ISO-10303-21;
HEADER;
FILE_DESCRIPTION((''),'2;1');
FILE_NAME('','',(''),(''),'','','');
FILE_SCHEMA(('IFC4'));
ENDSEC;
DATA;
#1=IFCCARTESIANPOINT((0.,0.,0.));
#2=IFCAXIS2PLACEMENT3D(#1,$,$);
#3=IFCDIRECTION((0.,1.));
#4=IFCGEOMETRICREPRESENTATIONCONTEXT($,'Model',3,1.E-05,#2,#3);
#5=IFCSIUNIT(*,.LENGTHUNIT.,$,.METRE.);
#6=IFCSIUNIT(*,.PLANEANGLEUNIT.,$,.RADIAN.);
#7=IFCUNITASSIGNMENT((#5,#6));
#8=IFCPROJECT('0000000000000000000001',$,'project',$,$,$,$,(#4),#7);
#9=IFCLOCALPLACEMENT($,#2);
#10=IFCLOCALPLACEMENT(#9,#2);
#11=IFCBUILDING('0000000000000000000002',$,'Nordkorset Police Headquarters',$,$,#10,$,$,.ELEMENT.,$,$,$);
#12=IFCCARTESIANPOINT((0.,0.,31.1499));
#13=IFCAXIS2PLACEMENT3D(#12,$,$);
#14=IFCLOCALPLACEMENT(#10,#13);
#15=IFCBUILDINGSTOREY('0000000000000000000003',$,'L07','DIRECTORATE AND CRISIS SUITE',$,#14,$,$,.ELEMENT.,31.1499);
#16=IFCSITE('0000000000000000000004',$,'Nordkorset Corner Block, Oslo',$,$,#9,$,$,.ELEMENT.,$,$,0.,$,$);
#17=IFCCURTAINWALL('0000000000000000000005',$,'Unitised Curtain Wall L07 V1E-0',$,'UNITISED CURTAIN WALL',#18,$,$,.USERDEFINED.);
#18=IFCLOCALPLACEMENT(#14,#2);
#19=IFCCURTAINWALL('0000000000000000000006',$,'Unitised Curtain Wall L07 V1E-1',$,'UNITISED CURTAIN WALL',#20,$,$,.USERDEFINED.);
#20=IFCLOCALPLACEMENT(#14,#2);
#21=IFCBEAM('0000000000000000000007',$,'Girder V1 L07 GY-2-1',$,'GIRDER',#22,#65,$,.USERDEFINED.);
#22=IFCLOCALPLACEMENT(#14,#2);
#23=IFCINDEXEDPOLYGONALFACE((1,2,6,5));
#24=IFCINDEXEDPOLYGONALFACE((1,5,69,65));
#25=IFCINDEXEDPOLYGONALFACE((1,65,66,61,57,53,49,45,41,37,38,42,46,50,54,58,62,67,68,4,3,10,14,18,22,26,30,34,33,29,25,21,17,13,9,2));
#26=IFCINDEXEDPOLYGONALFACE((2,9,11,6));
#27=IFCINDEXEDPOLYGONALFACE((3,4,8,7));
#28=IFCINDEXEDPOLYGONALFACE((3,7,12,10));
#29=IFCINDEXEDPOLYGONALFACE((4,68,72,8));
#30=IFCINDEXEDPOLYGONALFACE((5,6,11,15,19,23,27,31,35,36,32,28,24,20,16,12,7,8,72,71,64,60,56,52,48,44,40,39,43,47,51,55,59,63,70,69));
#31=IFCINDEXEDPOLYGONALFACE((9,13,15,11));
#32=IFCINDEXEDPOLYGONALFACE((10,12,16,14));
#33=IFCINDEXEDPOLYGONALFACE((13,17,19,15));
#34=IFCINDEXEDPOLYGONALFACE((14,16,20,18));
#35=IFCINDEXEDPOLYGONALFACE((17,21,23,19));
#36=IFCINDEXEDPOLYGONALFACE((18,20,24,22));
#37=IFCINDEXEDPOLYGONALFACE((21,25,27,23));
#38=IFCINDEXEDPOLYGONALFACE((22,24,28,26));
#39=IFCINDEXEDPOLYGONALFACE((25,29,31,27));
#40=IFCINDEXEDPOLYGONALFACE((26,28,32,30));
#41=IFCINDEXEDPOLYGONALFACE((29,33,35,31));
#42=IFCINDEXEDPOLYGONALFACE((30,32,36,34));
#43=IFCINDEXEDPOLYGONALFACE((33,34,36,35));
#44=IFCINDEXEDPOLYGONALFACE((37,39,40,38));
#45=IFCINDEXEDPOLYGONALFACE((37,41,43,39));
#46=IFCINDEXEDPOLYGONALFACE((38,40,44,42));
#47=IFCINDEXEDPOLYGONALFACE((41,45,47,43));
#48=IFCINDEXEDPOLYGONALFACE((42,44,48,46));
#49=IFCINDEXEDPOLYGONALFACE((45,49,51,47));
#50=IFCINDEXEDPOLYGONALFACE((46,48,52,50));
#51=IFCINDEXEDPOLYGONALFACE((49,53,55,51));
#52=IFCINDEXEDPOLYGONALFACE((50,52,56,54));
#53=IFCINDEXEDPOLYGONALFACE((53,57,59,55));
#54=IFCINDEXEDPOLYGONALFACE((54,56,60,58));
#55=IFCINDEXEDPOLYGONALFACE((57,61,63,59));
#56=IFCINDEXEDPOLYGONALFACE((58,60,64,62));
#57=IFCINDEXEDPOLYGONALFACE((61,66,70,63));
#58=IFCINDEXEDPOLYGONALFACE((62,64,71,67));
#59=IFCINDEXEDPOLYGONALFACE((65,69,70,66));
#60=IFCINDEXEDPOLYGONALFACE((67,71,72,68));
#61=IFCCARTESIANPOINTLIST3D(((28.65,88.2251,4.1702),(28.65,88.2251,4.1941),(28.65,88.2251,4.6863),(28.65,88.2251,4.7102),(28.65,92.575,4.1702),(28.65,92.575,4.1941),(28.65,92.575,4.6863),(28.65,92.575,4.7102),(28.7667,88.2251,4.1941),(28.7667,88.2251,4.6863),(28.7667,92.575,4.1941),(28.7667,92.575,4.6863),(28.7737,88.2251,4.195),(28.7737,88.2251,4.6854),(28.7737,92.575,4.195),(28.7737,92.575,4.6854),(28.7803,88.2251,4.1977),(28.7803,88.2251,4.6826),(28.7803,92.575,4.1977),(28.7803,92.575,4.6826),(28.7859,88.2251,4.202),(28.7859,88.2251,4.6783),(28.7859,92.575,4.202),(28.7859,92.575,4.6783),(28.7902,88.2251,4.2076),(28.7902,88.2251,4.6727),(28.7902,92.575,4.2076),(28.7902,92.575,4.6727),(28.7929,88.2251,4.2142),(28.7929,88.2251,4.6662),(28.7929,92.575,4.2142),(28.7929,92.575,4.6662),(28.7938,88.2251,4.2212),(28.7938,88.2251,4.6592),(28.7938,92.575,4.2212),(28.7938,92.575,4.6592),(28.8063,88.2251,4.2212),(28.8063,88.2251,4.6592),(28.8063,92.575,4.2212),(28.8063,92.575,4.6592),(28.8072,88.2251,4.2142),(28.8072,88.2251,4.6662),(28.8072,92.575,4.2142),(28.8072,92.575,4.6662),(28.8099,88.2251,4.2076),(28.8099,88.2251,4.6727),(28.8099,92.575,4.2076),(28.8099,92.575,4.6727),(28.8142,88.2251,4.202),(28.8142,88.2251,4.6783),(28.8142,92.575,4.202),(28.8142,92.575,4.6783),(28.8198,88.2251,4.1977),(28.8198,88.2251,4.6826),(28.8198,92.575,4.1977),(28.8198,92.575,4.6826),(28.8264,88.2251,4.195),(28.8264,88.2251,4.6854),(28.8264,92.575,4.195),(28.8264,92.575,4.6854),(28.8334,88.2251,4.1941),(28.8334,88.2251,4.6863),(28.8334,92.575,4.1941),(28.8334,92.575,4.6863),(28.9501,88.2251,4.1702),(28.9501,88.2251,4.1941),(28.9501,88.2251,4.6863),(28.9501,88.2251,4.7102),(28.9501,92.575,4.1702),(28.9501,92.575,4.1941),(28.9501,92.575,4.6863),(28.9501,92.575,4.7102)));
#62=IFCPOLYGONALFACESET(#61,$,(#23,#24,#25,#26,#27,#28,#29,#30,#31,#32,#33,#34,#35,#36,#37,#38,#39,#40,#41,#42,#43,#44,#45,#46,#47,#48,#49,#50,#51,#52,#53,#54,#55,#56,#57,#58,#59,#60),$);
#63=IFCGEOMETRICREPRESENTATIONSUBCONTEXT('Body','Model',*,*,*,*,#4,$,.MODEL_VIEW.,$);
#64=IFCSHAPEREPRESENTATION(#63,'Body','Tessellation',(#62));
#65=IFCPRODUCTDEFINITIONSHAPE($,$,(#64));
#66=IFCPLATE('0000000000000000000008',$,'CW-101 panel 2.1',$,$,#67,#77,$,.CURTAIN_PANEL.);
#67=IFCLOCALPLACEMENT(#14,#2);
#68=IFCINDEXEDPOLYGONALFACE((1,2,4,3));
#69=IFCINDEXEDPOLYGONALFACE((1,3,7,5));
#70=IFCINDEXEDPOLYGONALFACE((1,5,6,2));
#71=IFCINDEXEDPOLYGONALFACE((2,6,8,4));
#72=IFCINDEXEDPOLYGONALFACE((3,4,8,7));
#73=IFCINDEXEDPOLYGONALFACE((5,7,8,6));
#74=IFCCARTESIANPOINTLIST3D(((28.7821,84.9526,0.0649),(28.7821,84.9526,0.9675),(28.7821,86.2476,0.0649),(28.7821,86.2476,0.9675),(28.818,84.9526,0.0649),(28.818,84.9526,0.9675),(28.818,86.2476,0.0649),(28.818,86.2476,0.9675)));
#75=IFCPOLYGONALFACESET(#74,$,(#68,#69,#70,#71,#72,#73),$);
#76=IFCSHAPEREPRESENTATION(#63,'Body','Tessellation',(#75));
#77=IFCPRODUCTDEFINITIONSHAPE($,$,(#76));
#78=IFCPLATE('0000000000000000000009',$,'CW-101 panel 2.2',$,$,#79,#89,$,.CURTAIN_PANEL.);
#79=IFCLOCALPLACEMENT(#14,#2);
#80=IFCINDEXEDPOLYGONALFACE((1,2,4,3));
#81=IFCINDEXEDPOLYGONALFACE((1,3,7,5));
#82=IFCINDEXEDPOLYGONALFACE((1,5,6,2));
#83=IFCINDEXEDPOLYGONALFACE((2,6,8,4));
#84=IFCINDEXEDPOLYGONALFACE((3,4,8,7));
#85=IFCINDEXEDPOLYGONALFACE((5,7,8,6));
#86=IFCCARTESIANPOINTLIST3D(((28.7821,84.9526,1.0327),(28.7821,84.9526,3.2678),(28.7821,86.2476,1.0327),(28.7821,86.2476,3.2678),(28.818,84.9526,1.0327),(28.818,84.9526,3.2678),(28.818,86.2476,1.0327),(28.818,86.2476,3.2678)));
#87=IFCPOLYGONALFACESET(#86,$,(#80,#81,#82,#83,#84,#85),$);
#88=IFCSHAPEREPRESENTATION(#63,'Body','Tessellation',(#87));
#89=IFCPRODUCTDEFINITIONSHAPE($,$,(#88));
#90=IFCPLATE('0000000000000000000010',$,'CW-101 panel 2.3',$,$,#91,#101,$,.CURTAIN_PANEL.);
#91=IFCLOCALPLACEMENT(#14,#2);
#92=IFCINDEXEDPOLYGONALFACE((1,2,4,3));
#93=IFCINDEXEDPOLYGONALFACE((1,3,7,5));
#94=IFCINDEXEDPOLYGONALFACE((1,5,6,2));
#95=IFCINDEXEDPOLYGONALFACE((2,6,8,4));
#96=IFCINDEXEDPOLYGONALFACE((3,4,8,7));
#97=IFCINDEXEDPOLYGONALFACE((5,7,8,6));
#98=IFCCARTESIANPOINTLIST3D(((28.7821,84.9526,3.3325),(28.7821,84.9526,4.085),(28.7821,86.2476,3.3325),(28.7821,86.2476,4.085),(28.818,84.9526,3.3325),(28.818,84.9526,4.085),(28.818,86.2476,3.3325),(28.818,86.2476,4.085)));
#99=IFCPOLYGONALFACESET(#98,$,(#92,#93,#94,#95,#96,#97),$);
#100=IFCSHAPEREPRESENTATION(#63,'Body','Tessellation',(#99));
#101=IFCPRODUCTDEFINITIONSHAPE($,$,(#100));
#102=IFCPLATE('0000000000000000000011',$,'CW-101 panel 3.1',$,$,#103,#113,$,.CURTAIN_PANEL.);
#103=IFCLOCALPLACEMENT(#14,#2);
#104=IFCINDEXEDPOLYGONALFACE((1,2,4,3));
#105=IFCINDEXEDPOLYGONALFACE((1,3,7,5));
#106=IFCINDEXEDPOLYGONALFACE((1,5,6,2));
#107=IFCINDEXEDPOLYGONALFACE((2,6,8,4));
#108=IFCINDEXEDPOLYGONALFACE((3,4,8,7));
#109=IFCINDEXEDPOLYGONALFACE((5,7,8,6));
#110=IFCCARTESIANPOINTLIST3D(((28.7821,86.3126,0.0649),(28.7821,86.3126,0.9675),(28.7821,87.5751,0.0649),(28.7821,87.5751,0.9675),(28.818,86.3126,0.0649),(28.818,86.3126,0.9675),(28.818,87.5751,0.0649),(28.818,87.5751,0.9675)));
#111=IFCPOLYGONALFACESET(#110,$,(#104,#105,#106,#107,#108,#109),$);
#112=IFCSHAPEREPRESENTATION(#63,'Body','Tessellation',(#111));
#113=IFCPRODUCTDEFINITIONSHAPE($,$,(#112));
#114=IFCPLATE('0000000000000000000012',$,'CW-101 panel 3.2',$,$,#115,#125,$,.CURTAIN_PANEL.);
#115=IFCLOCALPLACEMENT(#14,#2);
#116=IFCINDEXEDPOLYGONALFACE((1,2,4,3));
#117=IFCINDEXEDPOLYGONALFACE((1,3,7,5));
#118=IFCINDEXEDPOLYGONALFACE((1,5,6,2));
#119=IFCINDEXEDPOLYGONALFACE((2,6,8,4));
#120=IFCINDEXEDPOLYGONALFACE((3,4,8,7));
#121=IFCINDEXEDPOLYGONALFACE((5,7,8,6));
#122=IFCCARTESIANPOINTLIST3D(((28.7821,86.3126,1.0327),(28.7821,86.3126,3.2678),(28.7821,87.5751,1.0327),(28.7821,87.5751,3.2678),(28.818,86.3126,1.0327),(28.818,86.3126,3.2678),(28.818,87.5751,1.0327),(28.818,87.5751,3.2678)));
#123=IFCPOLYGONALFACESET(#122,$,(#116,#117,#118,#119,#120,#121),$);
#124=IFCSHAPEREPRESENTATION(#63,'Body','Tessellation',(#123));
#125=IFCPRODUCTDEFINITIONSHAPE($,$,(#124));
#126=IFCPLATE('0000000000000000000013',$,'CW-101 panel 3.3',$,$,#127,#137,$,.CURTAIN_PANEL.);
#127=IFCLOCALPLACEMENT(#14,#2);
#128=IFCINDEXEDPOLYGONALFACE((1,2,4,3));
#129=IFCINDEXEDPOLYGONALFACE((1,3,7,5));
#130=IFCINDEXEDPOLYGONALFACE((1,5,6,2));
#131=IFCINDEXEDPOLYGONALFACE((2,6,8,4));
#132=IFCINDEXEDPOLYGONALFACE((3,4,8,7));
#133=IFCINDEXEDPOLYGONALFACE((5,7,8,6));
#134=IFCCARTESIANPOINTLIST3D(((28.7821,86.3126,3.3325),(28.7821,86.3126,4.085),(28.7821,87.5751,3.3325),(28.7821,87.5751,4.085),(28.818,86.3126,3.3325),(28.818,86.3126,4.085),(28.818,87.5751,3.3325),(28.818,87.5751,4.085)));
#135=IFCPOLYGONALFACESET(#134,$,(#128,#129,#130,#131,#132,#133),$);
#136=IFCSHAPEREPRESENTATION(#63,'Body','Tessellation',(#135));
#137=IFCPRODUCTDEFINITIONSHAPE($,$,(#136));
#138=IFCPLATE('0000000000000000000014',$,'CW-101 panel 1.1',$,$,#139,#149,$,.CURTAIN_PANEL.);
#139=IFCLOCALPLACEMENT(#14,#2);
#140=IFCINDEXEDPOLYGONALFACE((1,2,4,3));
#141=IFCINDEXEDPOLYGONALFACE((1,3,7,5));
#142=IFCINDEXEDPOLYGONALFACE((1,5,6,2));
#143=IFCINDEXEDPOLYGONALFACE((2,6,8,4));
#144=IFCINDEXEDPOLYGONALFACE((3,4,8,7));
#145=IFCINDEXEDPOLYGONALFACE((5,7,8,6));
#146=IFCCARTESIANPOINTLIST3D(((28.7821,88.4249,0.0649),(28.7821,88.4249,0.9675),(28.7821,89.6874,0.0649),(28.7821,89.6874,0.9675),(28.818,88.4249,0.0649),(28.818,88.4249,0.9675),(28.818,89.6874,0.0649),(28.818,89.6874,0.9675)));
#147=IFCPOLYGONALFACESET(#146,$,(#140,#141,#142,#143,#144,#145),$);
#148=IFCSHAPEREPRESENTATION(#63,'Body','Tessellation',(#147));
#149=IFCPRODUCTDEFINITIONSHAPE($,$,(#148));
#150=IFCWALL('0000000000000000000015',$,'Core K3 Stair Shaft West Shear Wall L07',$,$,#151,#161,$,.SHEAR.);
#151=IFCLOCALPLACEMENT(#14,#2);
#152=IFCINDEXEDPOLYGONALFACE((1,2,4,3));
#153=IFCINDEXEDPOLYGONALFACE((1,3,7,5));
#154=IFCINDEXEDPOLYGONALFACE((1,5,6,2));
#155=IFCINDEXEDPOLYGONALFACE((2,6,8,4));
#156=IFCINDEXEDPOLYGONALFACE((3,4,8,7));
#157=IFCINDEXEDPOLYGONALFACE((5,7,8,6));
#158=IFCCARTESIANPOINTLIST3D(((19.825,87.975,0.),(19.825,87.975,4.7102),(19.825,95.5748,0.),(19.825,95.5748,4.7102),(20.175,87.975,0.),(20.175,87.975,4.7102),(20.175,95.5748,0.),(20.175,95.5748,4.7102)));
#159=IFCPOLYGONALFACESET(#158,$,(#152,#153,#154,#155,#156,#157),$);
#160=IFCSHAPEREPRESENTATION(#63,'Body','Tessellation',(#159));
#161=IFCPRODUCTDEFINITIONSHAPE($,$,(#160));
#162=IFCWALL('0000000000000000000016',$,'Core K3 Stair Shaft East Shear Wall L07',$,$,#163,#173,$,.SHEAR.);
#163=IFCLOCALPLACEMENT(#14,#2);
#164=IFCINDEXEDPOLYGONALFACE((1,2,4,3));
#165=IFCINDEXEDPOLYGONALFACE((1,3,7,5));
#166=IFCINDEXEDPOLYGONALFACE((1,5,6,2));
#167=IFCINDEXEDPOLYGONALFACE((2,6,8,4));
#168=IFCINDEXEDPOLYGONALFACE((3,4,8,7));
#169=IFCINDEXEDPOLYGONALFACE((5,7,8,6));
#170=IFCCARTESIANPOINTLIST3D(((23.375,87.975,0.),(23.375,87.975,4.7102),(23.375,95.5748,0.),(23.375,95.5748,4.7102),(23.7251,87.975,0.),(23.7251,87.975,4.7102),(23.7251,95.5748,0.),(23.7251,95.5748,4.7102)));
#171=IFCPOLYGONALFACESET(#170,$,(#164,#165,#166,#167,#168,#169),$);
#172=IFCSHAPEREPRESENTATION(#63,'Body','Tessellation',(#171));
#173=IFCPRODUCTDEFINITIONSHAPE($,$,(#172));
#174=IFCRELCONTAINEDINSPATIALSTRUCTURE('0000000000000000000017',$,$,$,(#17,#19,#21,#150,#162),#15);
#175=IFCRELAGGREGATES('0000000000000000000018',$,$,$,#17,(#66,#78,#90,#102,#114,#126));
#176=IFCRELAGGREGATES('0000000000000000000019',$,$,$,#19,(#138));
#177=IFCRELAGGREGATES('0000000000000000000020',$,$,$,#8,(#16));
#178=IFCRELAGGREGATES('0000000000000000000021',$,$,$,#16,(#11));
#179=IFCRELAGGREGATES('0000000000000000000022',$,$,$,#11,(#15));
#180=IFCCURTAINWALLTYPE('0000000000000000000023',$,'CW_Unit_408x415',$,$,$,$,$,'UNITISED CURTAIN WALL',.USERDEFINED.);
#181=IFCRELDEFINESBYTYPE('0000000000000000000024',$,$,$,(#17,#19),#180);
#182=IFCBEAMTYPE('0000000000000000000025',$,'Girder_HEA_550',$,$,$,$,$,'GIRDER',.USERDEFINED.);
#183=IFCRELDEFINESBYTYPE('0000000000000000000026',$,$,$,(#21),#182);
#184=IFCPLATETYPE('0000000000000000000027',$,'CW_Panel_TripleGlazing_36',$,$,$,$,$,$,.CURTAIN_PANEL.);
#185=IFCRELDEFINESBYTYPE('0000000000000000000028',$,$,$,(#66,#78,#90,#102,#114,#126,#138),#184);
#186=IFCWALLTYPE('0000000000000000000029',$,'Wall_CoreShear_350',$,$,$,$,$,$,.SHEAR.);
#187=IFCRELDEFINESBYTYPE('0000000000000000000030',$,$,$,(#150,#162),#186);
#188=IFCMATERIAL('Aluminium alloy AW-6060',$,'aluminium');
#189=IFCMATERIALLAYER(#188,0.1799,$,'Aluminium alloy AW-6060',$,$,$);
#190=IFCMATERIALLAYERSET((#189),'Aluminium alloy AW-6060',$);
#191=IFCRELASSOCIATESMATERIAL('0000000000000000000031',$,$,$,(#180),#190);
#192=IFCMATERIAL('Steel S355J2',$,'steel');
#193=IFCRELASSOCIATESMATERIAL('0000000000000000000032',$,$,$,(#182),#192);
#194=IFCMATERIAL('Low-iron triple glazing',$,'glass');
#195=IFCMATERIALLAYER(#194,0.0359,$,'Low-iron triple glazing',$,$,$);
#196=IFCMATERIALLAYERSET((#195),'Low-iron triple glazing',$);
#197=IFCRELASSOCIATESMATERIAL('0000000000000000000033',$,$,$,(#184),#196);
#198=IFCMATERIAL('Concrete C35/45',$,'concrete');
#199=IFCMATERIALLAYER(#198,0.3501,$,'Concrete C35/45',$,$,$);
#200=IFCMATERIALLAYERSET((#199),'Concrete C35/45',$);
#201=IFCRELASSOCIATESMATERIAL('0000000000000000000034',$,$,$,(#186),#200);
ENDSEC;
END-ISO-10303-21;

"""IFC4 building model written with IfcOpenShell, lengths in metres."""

from ifc_helpers import new_model, si_unit, direction, frame, frame_2d, origin, origin_2d, place, context, subcontext, project, spatial, rectangle, i_section, extrude, material, layer, layer_set, material_profile, profile_set, type_object, element, aggregate, save


model = new_model("IFC4")

# Units and contexts
model_context = context("Model", 3, precision=1e-05, world=origin(), true_north=direction((0.0, 1.0)))
body_context = subcontext(model_context, "Body", "Model", "MODEL_VIEW")
ifc_project = project(units=[si_unit("LENGTHUNIT", "METRE"), si_unit("PLANEANGLEUNIT", "RADIAN")], contexts=[model_context])

# Site, building, storey
site_placement = place(None, origin())
site = spatial("IfcSite", under=ifc_project, at=site_placement, Name="Nordkorset Corner Block, Oslo", CompositionType="ELEMENT", RefElevation=0.0)
building_placement = place(site_placement, origin())
building = spatial("IfcBuilding", under=site, at=building_placement, Name="Nordkorset Police Headquarters", CompositionType="ELEMENT")
storey_placement = place(building_placement, frame((0.0, 0.0, 31.1499)))
storey = spatial("IfcBuildingStorey", under=building, at=storey_placement, Name="L07", Description="DIRECTORATE AND CRISIS SUITE", CompositionType="ELEMENT", Elevation=31.1499)

# Curtain wall
ifc_material_1 = material(Name="Aluminium alloy AW-6060", Category="aluminium")
ifc_layer_1 = layer(ifc_material_1, 0.1799, Name="Aluminium alloy AW-6060")
ifc_layer_set_1 = layer_set([ifc_layer_1], Name="Aluminium alloy AW-6060")
curtain_wall_type = type_object("IfcCurtainWallType", Name="CW_Unit_408x415", ElementType="UNITISED CURTAIN WALL", PredefinedType="USERDEFINED", material=ifc_layer_set_1)
curtain_wall_1_placement = place(storey_placement, origin())
curtain_wall_1 = element("IfcCurtainWall", 1, at=curtain_wall_1_placement, inside=storey, type_object=curtain_wall_type, Name="Unitised Curtain Wall L07 V1E-0", ObjectType="UNITISED CURTAIN WALL", PredefinedType="USERDEFINED")

# Curtain wall
curtain_wall_2_placement = place(storey_placement, origin())
curtain_wall_2 = element("IfcCurtainWall", 2, at=curtain_wall_2_placement, inside=storey, type_object=curtain_wall_type, Name="Unitised Curtain Wall L07 V1E-1", ObjectType="UNITISED CURTAIN WALL", PredefinedType="USERDEFINED")

# Beam
ifc_material_2 = material(Name="Steel S355J2", Category="steel")
ifc_material_profile_1 = material_profile(ifc_material_2, i_section(OverallWidth=0.3, OverallDepth=0.54, WebThickness=0.0125, FlangeThickness=0.0239, FilletRadius=0.0271, at=origin_2d()), Name="HEA 550")
ifc_profile_set_1 = profile_set([ifc_material_profile_1], Name="Steel S355J2")
beam_type = type_object("IfcBeamType", Name="Girder_HEA_550", ElementType="GIRDER", PredefinedType="USERDEFINED", material=ifc_profile_set_1)
beam_placement = place(storey_placement, frame((28.8, 88.2251, 4.4402), z_axis=(0.0, 1.0, 0.0), x_axis=(-1.0, 0.0, 0.0)))
element("IfcBeam", 3, at=beam_placement, inside=storey, type_object=beam_type, Name="Girder V1 L07 GY-2-1", ObjectType="GIRDER", PredefinedType="USERDEFINED", context=body_context, shape_type="SweptSolid", body=[
    extrude(i_section(OverallWidth=0.3, OverallDepth=0.54, WebThickness=0.0125, FlangeThickness=0.0239, FilletRadius=0.0271, at=origin_2d()), origin(), (0.0, 0.0, 1.0), 4.3499),
])

# Plates
ifc_material_3 = material(Name="Low-iron triple glazing", Category="glass")
ifc_layer_2 = layer(ifc_material_3, 0.0359, Name="Low-iron triple glazing")
ifc_layer_set_2 = layer_set([ifc_layer_2], Name="Low-iron triple glazing")
plate_type = type_object("IfcPlateType", Name="CW_Panel_TripleGlazing_36", PredefinedType="CURTAIN_PANEL", material=ifc_layer_set_2)
plate_1_placement = place(storey_placement, frame((28.8, 85.6001, 0.0649), z_axis=(0.0, 0.0, 1.0), x_axis=(0.0, 1.0, 0.0)))
plate_1 = element("IfcPlate", 4, at=plate_1_placement, type_object=plate_type, Name="CW-101 panel 2.1", PredefinedType="CURTAIN_PANEL", context=body_context, shape_type="SweptSolid", body=[
    extrude(rectangle(XDim=1.2949, YDim=0.0359, at=origin_2d()), origin(), (0.0, 0.0, 1.0), 0.9026),
])
plate_2_placement = place(storey_placement, frame((28.8, 85.6001, 1.0327), z_axis=(0.0, 0.0, 1.0), x_axis=(0.0, 1.0, 0.0)))
plate_2 = element("IfcPlate", 5, at=plate_2_placement, type_object=plate_type, Name="CW-101 panel 2.2", PredefinedType="CURTAIN_PANEL", context=body_context, shape_type="SweptSolid", body=[
    extrude(rectangle(XDim=1.2949, YDim=0.0359, at=origin_2d()), origin(), (0.0, 0.0, 1.0), 2.2351),
])
plate_3_placement = place(storey_placement, frame((28.8, 85.6001, 3.3325), z_axis=(0.0, 0.0, 1.0), x_axis=(0.0, 1.0, 0.0)))
plate_3 = element("IfcPlate", 6, at=plate_3_placement, type_object=plate_type, Name="CW-101 panel 2.3", PredefinedType="CURTAIN_PANEL", context=body_context, shape_type="SweptSolid", body=[
    extrude(rectangle(XDim=1.2949, YDim=0.0359, at=origin_2d()), origin(), (0.0, 0.0, 1.0), 0.7524),
])
plate_4_placement = place(storey_placement, frame((28.8, 86.9438, 0.0649), z_axis=(0.0, 0.0, 1.0), x_axis=(0.0, 1.0, 0.0)))
plate_4 = element("IfcPlate", 7, at=plate_4_placement, type_object=plate_type, Name="CW-101 panel 3.1", PredefinedType="CURTAIN_PANEL", context=body_context, shape_type="SweptSolid", body=[
    extrude(rectangle(XDim=1.2625, YDim=0.0359, at=origin_2d()), origin(), (0.0, 0.0, 1.0), 0.9026),
])
plate_5_placement = place(storey_placement, frame((28.8, 86.9438, 1.0327), z_axis=(0.0, 0.0, 1.0), x_axis=(0.0, 1.0, 0.0)))
plate_5 = element("IfcPlate", 8, at=plate_5_placement, type_object=plate_type, Name="CW-101 panel 3.2", PredefinedType="CURTAIN_PANEL", context=body_context, shape_type="SweptSolid", body=[
    extrude(rectangle(XDim=1.2625, YDim=0.0359, at=origin_2d()), origin(), (0.0, 0.0, 1.0), 2.2351),
])
plate_6_placement = place(storey_placement, frame((28.8, 86.9438, 3.3325), z_axis=(0.0, 0.0, 1.0), x_axis=(0.0, 1.0, 0.0)))
plate_6 = element("IfcPlate", 9, at=plate_6_placement, type_object=plate_type, Name="CW-101 panel 3.3", PredefinedType="CURTAIN_PANEL", context=body_context, shape_type="SweptSolid", body=[
    extrude(rectangle(XDim=1.2625, YDim=0.0359, at=origin_2d()), origin(), (0.0, 0.0, 1.0), 0.7524),
])
aggregate(curtain_wall_1, [plate_1, plate_2, plate_3, plate_4, plate_5, plate_6])
plate_7_placement = place(storey_placement, frame((28.8, 89.0562, 0.0649), z_axis=(0.0, 0.0, 1.0), x_axis=(0.0, 1.0, 0.0)))
plate_7 = element("IfcPlate", 10, at=plate_7_placement, type_object=plate_type, Name="CW-101 panel 1.1", PredefinedType="CURTAIN_PANEL", context=body_context, shape_type="SweptSolid", body=[
    extrude(rectangle(XDim=1.2625, YDim=0.0359, at=origin_2d()), origin(), (0.0, 0.0, 1.0), 0.9026),
])
aggregate(curtain_wall_2, [plate_7])

# Walls
ifc_material_4 = material(Name="Concrete C35/45", Category="concrete")
ifc_layer_3 = layer(ifc_material_4, 0.3501, Name="Concrete C35/45")
ifc_layer_set_3 = layer_set([ifc_layer_3], Name="Concrete C35/45")
wall_type_1 = type_object("IfcWallType", Name="Wall_CoreShear_350", PredefinedType="SHEAR", material=ifc_layer_set_3)
for number, where, z_axis, x_axis, name in (
    (11, (20.0, 87.9751, 0.0), (0.0, 0.0, 1.0), (0.0, 1.0, 0.0), "Core K3 Stair Shaft West Shear Wall L07"),
    (12, (23.55, 87.9751, 0.0), (0.0, 0.0, 1.0), (0.0, 1.0, 0.0), "Core K3 Stair Shaft East Shear Wall L07"),
):
    element("IfcWall", number, at=place(storey_placement, frame(where, z_axis=z_axis, x_axis=x_axis)), inside=storey, type_object=wall_type_1, Name=name, PredefinedType="SHEAR", context=body_context, shape_type="SweptSolid", body=[
        extrude(rectangle(XDim=7.5999, YDim=0.3501, at=frame_2d((3.7998, 0.0))), origin(), (0.0, 0.0, 1.0), 4.7102),
    ])

save(model, "model.ifc")
